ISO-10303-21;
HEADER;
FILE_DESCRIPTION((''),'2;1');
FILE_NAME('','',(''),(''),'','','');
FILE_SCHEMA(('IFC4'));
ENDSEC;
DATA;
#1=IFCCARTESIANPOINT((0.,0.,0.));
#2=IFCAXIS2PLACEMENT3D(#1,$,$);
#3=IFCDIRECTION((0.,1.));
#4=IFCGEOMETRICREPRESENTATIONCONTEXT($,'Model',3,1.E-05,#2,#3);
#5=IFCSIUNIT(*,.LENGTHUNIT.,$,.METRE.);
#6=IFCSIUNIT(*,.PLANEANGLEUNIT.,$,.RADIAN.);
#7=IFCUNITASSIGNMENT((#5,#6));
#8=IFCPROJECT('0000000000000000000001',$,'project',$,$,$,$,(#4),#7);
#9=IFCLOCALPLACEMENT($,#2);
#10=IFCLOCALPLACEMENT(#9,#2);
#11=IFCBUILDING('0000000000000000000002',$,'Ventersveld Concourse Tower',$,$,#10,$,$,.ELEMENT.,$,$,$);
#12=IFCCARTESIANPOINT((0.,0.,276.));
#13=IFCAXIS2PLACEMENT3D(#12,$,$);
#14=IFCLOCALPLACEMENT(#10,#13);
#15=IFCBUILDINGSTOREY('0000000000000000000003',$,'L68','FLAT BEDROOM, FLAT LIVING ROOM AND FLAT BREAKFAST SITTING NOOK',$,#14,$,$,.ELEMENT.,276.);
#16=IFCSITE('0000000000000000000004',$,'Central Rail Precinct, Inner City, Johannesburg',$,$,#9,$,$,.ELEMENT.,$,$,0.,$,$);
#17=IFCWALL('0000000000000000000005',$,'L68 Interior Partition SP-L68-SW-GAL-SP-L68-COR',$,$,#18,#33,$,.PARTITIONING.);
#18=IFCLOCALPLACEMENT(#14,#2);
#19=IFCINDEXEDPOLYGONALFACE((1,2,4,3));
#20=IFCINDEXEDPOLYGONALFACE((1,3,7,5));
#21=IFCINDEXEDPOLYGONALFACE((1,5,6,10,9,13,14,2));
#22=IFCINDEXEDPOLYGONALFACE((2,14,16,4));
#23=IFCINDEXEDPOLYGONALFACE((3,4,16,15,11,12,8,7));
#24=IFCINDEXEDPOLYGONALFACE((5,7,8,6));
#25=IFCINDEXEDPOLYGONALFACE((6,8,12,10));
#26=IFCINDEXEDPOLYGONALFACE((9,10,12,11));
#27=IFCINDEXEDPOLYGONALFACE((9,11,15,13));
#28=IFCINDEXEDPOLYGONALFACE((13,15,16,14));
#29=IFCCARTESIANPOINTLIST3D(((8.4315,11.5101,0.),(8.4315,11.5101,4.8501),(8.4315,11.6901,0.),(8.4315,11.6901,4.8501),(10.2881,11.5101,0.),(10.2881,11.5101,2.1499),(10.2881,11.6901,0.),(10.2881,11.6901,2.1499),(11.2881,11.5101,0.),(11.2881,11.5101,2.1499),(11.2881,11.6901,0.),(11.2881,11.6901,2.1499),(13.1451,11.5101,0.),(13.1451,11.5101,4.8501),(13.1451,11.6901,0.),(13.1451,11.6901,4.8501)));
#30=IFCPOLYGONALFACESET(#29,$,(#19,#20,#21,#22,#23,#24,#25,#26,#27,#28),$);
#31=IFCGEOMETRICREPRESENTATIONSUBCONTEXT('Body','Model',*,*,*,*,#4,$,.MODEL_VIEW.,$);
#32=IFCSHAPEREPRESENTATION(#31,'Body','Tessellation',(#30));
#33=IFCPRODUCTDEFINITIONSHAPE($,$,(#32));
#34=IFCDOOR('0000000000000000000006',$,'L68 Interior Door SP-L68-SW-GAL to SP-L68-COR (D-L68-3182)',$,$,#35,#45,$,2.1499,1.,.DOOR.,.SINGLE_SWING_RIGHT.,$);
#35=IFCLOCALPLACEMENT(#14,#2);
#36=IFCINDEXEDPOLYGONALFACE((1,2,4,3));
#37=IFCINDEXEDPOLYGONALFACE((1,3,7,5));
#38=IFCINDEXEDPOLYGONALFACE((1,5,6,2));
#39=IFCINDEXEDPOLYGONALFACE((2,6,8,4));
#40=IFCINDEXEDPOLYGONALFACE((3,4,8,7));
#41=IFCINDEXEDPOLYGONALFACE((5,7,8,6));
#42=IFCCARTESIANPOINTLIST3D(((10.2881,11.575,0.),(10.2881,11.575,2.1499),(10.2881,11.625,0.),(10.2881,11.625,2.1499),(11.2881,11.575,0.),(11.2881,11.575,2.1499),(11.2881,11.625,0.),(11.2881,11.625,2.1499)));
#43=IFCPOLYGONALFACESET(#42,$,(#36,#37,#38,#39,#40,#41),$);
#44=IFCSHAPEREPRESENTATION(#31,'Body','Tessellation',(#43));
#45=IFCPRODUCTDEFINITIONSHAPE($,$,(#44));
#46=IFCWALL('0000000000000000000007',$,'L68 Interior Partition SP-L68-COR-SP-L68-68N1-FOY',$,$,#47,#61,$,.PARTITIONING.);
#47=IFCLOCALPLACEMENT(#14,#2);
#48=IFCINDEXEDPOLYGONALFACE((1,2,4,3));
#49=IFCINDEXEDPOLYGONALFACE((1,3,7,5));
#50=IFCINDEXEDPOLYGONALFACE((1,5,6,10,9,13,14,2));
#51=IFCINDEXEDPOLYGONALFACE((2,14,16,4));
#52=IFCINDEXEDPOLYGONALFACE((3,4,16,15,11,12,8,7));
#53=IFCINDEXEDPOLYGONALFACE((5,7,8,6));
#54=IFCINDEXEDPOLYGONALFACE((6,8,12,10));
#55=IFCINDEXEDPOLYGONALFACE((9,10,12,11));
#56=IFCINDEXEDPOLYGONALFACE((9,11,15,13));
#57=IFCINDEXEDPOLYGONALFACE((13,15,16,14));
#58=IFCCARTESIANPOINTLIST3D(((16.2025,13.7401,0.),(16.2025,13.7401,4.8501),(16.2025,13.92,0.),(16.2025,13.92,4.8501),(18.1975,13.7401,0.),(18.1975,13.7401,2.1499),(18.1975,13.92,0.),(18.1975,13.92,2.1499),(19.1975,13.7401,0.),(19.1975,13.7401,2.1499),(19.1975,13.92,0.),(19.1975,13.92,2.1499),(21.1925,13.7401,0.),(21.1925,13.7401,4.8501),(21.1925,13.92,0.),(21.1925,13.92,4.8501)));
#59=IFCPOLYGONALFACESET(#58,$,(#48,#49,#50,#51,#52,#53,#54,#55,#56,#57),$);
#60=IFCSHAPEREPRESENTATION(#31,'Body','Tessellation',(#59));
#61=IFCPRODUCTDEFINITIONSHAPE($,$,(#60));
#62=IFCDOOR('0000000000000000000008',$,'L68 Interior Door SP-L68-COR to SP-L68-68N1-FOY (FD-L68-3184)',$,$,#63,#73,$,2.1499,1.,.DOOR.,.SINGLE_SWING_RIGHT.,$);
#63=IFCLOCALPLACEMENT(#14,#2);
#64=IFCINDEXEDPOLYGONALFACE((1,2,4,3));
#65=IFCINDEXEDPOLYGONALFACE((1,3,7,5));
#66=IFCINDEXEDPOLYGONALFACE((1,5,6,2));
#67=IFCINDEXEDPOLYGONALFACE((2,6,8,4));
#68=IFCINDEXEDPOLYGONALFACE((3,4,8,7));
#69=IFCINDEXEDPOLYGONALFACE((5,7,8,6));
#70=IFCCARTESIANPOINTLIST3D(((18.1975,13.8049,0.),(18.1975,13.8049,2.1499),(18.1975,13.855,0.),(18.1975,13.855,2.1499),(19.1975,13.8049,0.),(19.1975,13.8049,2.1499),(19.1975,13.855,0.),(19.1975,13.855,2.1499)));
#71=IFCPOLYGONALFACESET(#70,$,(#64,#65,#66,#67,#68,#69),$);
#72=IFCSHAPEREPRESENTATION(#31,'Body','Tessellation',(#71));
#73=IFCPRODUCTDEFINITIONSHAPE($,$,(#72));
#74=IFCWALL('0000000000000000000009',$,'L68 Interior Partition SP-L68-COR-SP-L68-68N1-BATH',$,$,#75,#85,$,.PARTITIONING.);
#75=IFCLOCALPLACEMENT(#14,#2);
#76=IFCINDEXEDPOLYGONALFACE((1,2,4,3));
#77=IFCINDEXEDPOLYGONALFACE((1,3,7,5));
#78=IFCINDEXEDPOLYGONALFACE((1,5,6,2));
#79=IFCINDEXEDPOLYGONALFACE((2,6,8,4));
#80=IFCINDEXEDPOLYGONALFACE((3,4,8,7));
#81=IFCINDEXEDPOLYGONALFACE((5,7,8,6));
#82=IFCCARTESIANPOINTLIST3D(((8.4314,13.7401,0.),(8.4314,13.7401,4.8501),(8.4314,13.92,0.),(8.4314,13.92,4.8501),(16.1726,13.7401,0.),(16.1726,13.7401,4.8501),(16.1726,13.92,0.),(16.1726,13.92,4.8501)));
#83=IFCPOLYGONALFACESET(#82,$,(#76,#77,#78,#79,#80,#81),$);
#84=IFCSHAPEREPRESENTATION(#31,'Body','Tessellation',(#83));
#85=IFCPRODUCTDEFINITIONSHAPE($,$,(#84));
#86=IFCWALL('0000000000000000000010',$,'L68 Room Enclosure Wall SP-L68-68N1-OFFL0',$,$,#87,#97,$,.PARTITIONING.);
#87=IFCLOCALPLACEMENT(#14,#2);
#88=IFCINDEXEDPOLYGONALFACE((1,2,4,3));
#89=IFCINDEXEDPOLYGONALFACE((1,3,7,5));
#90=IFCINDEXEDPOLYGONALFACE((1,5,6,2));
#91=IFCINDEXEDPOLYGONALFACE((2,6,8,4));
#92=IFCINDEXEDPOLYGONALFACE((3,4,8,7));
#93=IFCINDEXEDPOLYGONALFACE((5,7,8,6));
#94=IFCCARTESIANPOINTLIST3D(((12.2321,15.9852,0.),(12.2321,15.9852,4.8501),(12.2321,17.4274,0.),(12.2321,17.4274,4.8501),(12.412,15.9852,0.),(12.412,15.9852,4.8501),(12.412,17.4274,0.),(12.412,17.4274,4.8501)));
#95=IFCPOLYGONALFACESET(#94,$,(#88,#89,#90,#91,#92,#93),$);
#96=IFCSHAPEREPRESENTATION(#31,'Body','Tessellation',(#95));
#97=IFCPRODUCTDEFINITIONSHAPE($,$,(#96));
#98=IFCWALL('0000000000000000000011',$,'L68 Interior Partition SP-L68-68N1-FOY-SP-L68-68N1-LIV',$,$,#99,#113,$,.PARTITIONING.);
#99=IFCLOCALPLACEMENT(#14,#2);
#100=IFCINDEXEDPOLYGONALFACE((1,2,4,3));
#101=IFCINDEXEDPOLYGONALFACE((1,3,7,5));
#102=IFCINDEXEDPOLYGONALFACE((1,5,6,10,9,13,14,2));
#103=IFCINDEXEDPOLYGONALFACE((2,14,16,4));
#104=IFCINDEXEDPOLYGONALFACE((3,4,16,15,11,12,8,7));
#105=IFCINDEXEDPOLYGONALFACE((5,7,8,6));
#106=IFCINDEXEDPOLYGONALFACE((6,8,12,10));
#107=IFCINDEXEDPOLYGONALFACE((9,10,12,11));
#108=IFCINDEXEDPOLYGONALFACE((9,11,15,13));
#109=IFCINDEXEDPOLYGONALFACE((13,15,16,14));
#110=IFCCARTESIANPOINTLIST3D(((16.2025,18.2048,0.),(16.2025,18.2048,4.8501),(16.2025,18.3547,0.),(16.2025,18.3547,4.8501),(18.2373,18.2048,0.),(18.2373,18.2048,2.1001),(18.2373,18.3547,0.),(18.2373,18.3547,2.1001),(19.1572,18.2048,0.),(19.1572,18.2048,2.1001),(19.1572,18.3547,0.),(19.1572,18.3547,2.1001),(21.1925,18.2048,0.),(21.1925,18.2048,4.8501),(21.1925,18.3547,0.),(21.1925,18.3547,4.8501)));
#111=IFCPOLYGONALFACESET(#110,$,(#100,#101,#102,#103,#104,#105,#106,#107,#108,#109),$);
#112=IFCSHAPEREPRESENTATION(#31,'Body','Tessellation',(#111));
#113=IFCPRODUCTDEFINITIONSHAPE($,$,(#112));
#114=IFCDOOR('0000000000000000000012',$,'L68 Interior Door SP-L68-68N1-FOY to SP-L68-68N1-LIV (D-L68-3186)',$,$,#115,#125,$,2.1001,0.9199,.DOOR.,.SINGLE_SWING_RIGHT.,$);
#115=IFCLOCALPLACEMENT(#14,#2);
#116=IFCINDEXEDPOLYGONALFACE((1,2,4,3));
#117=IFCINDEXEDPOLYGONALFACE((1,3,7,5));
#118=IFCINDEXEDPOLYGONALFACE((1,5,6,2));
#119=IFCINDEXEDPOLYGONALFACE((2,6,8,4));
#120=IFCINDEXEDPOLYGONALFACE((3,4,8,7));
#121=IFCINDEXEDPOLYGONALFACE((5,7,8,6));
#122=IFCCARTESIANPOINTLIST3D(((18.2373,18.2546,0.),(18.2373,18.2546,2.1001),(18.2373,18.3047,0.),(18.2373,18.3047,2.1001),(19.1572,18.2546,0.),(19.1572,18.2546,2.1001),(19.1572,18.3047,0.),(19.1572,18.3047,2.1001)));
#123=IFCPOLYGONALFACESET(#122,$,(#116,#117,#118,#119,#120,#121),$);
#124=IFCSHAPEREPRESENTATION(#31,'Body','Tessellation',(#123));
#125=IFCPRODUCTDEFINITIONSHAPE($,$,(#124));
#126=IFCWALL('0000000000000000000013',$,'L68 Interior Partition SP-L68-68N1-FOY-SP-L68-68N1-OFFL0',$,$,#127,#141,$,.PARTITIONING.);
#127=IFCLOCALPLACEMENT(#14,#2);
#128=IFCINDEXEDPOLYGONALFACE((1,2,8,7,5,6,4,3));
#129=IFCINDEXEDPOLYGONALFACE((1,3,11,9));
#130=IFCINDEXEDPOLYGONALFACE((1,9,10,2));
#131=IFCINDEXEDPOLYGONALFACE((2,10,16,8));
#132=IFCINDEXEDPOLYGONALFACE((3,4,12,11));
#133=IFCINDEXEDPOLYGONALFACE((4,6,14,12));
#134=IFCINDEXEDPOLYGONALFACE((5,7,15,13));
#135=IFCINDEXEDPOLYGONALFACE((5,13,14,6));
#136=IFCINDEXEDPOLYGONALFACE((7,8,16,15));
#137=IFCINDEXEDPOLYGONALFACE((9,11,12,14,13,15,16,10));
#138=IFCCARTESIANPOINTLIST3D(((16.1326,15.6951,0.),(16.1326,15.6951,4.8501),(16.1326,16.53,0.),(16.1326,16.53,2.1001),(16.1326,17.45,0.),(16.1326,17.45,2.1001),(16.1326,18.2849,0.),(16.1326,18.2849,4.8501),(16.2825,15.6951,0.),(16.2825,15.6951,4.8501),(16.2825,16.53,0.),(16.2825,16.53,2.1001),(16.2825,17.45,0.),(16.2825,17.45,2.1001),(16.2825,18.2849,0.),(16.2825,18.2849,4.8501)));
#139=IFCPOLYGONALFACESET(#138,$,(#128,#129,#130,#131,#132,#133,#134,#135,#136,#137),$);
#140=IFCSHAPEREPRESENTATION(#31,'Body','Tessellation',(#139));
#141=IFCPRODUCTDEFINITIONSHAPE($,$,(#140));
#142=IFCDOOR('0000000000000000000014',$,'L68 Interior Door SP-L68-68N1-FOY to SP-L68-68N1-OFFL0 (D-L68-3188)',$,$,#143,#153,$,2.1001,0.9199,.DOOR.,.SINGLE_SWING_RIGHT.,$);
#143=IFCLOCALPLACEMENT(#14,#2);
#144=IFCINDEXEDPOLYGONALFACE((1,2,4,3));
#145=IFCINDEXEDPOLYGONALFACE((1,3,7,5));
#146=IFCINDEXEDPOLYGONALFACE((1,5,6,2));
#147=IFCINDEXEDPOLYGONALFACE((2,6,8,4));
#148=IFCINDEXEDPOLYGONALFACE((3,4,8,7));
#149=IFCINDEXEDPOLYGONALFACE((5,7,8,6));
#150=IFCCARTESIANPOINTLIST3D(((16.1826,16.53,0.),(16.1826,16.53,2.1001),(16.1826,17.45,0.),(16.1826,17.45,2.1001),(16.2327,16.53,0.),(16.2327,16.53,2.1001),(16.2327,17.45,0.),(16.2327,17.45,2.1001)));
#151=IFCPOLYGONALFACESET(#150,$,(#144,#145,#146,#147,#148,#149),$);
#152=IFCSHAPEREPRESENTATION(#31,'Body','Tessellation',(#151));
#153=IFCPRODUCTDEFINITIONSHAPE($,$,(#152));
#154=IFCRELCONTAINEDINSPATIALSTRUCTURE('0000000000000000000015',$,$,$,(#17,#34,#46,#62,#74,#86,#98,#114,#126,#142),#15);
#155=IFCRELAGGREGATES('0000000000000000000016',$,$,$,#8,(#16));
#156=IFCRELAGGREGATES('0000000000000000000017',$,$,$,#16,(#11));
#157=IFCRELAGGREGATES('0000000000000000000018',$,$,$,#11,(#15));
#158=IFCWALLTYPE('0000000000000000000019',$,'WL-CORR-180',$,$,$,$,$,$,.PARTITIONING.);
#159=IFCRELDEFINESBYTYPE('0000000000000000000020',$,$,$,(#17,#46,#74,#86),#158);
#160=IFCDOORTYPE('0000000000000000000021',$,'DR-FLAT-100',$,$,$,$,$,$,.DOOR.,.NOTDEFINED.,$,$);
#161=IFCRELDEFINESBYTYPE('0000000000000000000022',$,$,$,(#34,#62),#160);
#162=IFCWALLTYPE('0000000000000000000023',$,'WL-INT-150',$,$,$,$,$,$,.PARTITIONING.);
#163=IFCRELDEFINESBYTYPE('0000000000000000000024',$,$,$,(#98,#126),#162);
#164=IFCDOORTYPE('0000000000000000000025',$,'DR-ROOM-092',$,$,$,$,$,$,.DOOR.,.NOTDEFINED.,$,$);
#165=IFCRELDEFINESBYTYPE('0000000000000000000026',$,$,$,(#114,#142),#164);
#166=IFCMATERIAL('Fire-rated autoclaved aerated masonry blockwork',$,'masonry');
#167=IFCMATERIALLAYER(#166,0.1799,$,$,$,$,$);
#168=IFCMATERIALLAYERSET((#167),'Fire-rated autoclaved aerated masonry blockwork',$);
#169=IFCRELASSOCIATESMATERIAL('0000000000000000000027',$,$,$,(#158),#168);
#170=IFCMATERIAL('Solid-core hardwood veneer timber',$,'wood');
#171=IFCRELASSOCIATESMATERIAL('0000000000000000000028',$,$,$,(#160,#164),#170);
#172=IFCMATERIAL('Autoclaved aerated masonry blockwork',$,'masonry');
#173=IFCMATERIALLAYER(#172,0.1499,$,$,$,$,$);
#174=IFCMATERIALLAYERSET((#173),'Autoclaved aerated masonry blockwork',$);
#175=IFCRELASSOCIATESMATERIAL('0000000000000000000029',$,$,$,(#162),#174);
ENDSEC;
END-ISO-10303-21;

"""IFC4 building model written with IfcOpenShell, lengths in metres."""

from ifc_helpers import new_model, si_unit, direction, frame, frame_2d, origin, place, context, subcontext, project, spatial, rectangle, extrude, material, layer, layer_set, type_object, element, fill, save


model = new_model("IFC4")

# Units and contexts
model_context = context("Model", 3, precision=1e-05, world=origin(), true_north=direction((0.0, 1.0)))
body_context = subcontext(model_context, "Body", "Model", "MODEL_VIEW")
ifc_project = project(units=[si_unit("LENGTHUNIT", "METRE"), si_unit("PLANEANGLEUNIT", "RADIAN")], contexts=[model_context])

# Site, building, storey
site_placement = place(None, origin())
site = spatial("IfcSite", under=ifc_project, at=site_placement, Name="Central Rail Precinct, Inner City, Johannesburg", CompositionType="ELEMENT", RefElevation=0.0)
building_placement = place(site_placement, origin())
building = spatial("IfcBuilding", under=site, at=building_placement, Name="Ventersveld Concourse Tower", CompositionType="ELEMENT")
storey_placement = place(building_placement, frame((0.0, 0.0, 276.0)))
storey = spatial("IfcBuildingStorey", under=building, at=storey_placement, Name="L68", Description="FLAT BEDROOM, FLAT LIVING ROOM AND FLAT BREAKFAST SITTING NOOK", CompositionType="ELEMENT", Elevation=276.0)

# Walls, openings, doors
ifc_material_1 = material(Name="Fire-rated autoclaved aerated masonry blockwork", Category="masonry")
ifc_layer_1 = layer(ifc_material_1, 0.1799)
ifc_layer_set_1 = layer_set([ifc_layer_1], Name="Fire-rated autoclaved aerated masonry blockwork")
wall_type_1 = type_object("IfcWallType", Name="WL-CORR-180", PredefinedType="PARTITIONING", material=ifc_layer_set_1)
wall_1_placement = place(storey_placement, frame((8.4314, 11.6001, 0.0), z_axis=(0.0, 0.0, 1.0), x_axis=(1.0, 0.0, 0.0)))
wall_1 = element("IfcWall", 1, at=wall_1_placement, inside=storey, type_object=wall_type_1, Name="L68 Interior Partition SP-L68-SW-GAL-SP-L68-COR", PredefinedType="PARTITIONING", context=body_context, shape_type="SweptSolid", body=[
    extrude(rectangle(XDim=4.7136, YDim=0.1799, at=frame_2d((2.3569, 0.0))), origin(), (0.0, 0.0, 1.0), 4.8501),
])
opening_1_placement = place(wall_1_placement, frame((1.8567, 0.0, 0.0)))
opening_1 = element("IfcOpeningElement", 2, at=opening_1_placement, cuts=wall_1, PredefinedType="OPENING", context=body_context, shape_type="SweptSolid", body=[
    extrude(rectangle(XDim=1.0, YDim=2.1499, at=frame_2d((0.5, 1.075))), frame((0.0, 0.1001, 0.0), z_axis=(0.0, -1.0, 0.0), x_axis=(1.0, 0.0, 0.0)), (0.0, 0.0, 1.0), 0.2),
])
ifc_material_2 = material(Name="Solid-core hardwood veneer timber", Category="wood")
door_type_1 = type_object("IfcDoorType", Name="DR-FLAT-100", OperationType="NOTDEFINED", PredefinedType="DOOR", material=ifc_material_2)
door_1_placement = place(opening_1_placement, origin())
door_1 = element("IfcDoor", 3, at=door_1_placement, inside=storey, type_object=door_type_1, Name="L68 Interior Door SP-L68-SW-GAL to SP-L68-COR (D-L68-3182)", OperationType="SINGLE_SWING_RIGHT", OverallHeight=2.1499, OverallWidth=1.0, PredefinedType="DOOR", context=body_context, shape_type="SweptSolid", body=[
    extrude(rectangle(XDim=1.0, YDim=2.1499, at=frame_2d((0.5, 1.075))), frame((0.0, 0.0249, 0.0), z_axis=(0.0, -1.0, 0.0), x_axis=(1.0, 0.0, 0.0)), (0.0, 0.0, 1.0), 0.05),
])
fill(opening_1, door_1)
wall_2_placement = place(storey_placement, frame((16.2024, 13.8301, 0.0), z_axis=(0.0, 0.0, 1.0), x_axis=(1.0, 0.0, 0.0)))
wall_2 = element("IfcWall", 4, at=wall_2_placement, inside=storey, type_object=wall_type_1, Name="L68 Interior Partition SP-L68-COR-SP-L68-68N1-FOY", PredefinedType="PARTITIONING", context=body_context, shape_type="SweptSolid", body=[
    extrude(rectangle(XDim=4.99, YDim=0.1799, at=frame_2d((2.4951, 0.0))), origin(), (0.0, 0.0, 1.0), 4.8501),
])
opening_2_placement = place(wall_2_placement, frame((1.9951, 0.0, 0.0)))
opening_2 = element("IfcOpeningElement", 5, at=opening_2_placement, cuts=wall_2, PredefinedType="OPENING", context=body_context, shape_type="SweptSolid", body=[
    extrude(rectangle(XDim=1.0, YDim=2.1499, at=frame_2d((0.5, 1.075))), frame((0.0, 0.1001, 0.0), z_axis=(0.0, -1.0, 0.0), x_axis=(1.0, 0.0, 0.0)), (0.0, 0.0, 1.0), 0.2),
])
door_2_placement = place(opening_2_placement, origin())
door_2 = element("IfcDoor", 6, at=door_2_placement, inside=storey, type_object=door_type_1, Name="L68 Interior Door SP-L68-COR to SP-L68-68N1-FOY (FD-L68-3184)", OperationType="SINGLE_SWING_RIGHT", OverallHeight=2.1499, OverallWidth=1.0, PredefinedType="DOOR", context=body_context, shape_type="SweptSolid", body=[
    extrude(rectangle(XDim=1.0, YDim=2.1499, at=frame_2d((0.5, 1.075))), frame((0.0, 0.0249, 0.0), z_axis=(0.0, -1.0, 0.0), x_axis=(1.0, 0.0, 0.0)), (0.0, 0.0, 1.0), 0.05),
])
fill(opening_2, door_2)

# Walls
wall_3_placement = place(storey_placement, frame((8.4314, 13.8301, 0.0), z_axis=(0.0, 0.0, 1.0), x_axis=(1.0, 0.0, 0.0)))
element("IfcWall", 7, at=wall_3_placement, inside=storey, type_object=wall_type_1, Name="L68 Interior Partition SP-L68-COR-SP-L68-68N1-BATH", PredefinedType="PARTITIONING", context=body_context, shape_type="SweptSolid", body=[
    extrude(rectangle(XDim=7.7412, YDim=0.1799, at=frame_2d((3.8706, 0.0))), origin(), (0.0, 0.0, 1.0), 4.8501),
])
wall_4_placement = place(storey_placement, frame((12.322, 15.9851, 0.0), z_axis=(0.0, 0.0, 1.0), x_axis=(0.0, 1.0, 0.0)))
element("IfcWall", 8, at=wall_4_placement, inside=storey, type_object=wall_type_1, Name="L68 Room Enclosure Wall SP-L68-68N1-OFFL0", PredefinedType="PARTITIONING", context=body_context, shape_type="SweptSolid", body=[
    extrude(rectangle(XDim=1.4421, YDim=0.1799, at=frame_2d((0.7212, 0.0))), origin(), (0.0, 0.0, 1.0), 4.8501),
])

# Walls, openings, doors
ifc_material_3 = material(Name="Autoclaved aerated masonry blockwork", Category="masonry")
ifc_layer_2 = layer(ifc_material_3, 0.1499)
ifc_layer_set_2 = layer_set([ifc_layer_2], Name="Autoclaved aerated masonry blockwork")
wall_type_2 = type_object("IfcWallType", Name="WL-INT-150", PredefinedType="PARTITIONING", material=ifc_layer_set_2)
wall_5_placement = place(storey_placement, frame((16.2024, 18.2798, 0.0), z_axis=(0.0, 0.0, 1.0), x_axis=(1.0, 0.0, 0.0)))
wall_5 = element("IfcWall", 9, at=wall_5_placement, inside=storey, type_object=wall_type_2, Name="L68 Interior Partition SP-L68-68N1-FOY-SP-L68-68N1-LIV", PredefinedType="PARTITIONING", context=body_context, shape_type="SweptSolid", body=[
    extrude(rectangle(XDim=4.99, YDim=0.1499, at=frame_2d((2.4951, 0.0))), origin(), (0.0, 0.0, 1.0), 4.8501),
])
opening_3_placement = place(wall_5_placement, frame((2.0349, 0.0, 0.0)))
opening_3 = element("IfcOpeningElement", 10, at=opening_3_placement, cuts=wall_5, PredefinedType="OPENING", context=body_context, shape_type="SweptSolid", body=[
    extrude(rectangle(XDim=0.9199, YDim=2.1001, at=frame_2d((0.46, 1.05))), frame((0.0, 0.085, 0.0), z_axis=(0.0, -1.0, 0.0), x_axis=(1.0, 0.0, 0.0)), (0.0, 0.0, 1.0), 0.1699),
])
door_type_2 = type_object("IfcDoorType", Name="DR-ROOM-092", OperationType="NOTDEFINED", PredefinedType="DOOR", material=ifc_material_2)
door_3_placement = place(opening_3_placement, origin())
door_3 = element("IfcDoor", 11, at=door_3_placement, inside=storey, type_object=door_type_2, Name="L68 Interior Door SP-L68-68N1-FOY to SP-L68-68N1-LIV (D-L68-3186)", OperationType="SINGLE_SWING_RIGHT", OverallHeight=2.1001, OverallWidth=0.9199, PredefinedType="DOOR", context=body_context, shape_type="SweptSolid", body=[
    extrude(rectangle(XDim=0.9199, YDim=2.1001, at=frame_2d((0.46, 1.05))), frame((0.0, 0.0249, 0.0), z_axis=(0.0, -1.0, 0.0), x_axis=(1.0, 0.0, 0.0)), (0.0, 0.0, 1.0), 0.05),
])
fill(opening_3, door_3)
wall_6_placement = place(storey_placement, frame((16.2075, 15.6951, 0.0), z_axis=(0.0, 0.0, 1.0), x_axis=(0.0, 1.0, 0.0)))
wall_6 = element("IfcWall", 12, at=wall_6_placement, inside=storey, type_object=wall_type_2, Name="L68 Interior Partition SP-L68-68N1-FOY-SP-L68-68N1-OFFL0", PredefinedType="PARTITIONING", context=body_context, shape_type="SweptSolid", body=[
    extrude(rectangle(XDim=2.5898, YDim=0.1499, at=frame_2d((1.2949, 0.0))), origin(), (0.0, 0.0, 1.0), 4.8501),
])
opening_4_placement = place(wall_6_placement, frame((0.835, 0.0, 0.0)))
opening_4 = element("IfcOpeningElement", 13, at=opening_4_placement, cuts=wall_6, PredefinedType="OPENING", context=body_context, shape_type="SweptSolid", body=[
    extrude(rectangle(XDim=0.9199, YDim=2.1001, at=frame_2d((0.46, 1.05))), frame((0.0, 0.085, 0.0), z_axis=(0.0, -1.0, 0.0), x_axis=(1.0, 0.0, 0.0)), (0.0, 0.0, 1.0), 0.1699),
])
door_4_placement = place(opening_4_placement, origin())
door_4 = element("IfcDoor", 14, at=door_4_placement, inside=storey, type_object=door_type_2, Name="L68 Interior Door SP-L68-68N1-FOY to SP-L68-68N1-OFFL0 (D-L68-3188)", OperationType="SINGLE_SWING_RIGHT", OverallHeight=2.1001, OverallWidth=0.9199, PredefinedType="DOOR", context=body_context, shape_type="SweptSolid", body=[
    extrude(rectangle(XDim=0.9199, YDim=2.1001, at=frame_2d((0.46, 1.05))), frame((0.0, 0.0249, 0.0), z_axis=(0.0, -1.0, 0.0), x_axis=(1.0, 0.0, 0.0)), (0.0, 0.0, 1.0), 0.05),
])
fill(opening_4, door_4)

save(model, "model.ifc")
